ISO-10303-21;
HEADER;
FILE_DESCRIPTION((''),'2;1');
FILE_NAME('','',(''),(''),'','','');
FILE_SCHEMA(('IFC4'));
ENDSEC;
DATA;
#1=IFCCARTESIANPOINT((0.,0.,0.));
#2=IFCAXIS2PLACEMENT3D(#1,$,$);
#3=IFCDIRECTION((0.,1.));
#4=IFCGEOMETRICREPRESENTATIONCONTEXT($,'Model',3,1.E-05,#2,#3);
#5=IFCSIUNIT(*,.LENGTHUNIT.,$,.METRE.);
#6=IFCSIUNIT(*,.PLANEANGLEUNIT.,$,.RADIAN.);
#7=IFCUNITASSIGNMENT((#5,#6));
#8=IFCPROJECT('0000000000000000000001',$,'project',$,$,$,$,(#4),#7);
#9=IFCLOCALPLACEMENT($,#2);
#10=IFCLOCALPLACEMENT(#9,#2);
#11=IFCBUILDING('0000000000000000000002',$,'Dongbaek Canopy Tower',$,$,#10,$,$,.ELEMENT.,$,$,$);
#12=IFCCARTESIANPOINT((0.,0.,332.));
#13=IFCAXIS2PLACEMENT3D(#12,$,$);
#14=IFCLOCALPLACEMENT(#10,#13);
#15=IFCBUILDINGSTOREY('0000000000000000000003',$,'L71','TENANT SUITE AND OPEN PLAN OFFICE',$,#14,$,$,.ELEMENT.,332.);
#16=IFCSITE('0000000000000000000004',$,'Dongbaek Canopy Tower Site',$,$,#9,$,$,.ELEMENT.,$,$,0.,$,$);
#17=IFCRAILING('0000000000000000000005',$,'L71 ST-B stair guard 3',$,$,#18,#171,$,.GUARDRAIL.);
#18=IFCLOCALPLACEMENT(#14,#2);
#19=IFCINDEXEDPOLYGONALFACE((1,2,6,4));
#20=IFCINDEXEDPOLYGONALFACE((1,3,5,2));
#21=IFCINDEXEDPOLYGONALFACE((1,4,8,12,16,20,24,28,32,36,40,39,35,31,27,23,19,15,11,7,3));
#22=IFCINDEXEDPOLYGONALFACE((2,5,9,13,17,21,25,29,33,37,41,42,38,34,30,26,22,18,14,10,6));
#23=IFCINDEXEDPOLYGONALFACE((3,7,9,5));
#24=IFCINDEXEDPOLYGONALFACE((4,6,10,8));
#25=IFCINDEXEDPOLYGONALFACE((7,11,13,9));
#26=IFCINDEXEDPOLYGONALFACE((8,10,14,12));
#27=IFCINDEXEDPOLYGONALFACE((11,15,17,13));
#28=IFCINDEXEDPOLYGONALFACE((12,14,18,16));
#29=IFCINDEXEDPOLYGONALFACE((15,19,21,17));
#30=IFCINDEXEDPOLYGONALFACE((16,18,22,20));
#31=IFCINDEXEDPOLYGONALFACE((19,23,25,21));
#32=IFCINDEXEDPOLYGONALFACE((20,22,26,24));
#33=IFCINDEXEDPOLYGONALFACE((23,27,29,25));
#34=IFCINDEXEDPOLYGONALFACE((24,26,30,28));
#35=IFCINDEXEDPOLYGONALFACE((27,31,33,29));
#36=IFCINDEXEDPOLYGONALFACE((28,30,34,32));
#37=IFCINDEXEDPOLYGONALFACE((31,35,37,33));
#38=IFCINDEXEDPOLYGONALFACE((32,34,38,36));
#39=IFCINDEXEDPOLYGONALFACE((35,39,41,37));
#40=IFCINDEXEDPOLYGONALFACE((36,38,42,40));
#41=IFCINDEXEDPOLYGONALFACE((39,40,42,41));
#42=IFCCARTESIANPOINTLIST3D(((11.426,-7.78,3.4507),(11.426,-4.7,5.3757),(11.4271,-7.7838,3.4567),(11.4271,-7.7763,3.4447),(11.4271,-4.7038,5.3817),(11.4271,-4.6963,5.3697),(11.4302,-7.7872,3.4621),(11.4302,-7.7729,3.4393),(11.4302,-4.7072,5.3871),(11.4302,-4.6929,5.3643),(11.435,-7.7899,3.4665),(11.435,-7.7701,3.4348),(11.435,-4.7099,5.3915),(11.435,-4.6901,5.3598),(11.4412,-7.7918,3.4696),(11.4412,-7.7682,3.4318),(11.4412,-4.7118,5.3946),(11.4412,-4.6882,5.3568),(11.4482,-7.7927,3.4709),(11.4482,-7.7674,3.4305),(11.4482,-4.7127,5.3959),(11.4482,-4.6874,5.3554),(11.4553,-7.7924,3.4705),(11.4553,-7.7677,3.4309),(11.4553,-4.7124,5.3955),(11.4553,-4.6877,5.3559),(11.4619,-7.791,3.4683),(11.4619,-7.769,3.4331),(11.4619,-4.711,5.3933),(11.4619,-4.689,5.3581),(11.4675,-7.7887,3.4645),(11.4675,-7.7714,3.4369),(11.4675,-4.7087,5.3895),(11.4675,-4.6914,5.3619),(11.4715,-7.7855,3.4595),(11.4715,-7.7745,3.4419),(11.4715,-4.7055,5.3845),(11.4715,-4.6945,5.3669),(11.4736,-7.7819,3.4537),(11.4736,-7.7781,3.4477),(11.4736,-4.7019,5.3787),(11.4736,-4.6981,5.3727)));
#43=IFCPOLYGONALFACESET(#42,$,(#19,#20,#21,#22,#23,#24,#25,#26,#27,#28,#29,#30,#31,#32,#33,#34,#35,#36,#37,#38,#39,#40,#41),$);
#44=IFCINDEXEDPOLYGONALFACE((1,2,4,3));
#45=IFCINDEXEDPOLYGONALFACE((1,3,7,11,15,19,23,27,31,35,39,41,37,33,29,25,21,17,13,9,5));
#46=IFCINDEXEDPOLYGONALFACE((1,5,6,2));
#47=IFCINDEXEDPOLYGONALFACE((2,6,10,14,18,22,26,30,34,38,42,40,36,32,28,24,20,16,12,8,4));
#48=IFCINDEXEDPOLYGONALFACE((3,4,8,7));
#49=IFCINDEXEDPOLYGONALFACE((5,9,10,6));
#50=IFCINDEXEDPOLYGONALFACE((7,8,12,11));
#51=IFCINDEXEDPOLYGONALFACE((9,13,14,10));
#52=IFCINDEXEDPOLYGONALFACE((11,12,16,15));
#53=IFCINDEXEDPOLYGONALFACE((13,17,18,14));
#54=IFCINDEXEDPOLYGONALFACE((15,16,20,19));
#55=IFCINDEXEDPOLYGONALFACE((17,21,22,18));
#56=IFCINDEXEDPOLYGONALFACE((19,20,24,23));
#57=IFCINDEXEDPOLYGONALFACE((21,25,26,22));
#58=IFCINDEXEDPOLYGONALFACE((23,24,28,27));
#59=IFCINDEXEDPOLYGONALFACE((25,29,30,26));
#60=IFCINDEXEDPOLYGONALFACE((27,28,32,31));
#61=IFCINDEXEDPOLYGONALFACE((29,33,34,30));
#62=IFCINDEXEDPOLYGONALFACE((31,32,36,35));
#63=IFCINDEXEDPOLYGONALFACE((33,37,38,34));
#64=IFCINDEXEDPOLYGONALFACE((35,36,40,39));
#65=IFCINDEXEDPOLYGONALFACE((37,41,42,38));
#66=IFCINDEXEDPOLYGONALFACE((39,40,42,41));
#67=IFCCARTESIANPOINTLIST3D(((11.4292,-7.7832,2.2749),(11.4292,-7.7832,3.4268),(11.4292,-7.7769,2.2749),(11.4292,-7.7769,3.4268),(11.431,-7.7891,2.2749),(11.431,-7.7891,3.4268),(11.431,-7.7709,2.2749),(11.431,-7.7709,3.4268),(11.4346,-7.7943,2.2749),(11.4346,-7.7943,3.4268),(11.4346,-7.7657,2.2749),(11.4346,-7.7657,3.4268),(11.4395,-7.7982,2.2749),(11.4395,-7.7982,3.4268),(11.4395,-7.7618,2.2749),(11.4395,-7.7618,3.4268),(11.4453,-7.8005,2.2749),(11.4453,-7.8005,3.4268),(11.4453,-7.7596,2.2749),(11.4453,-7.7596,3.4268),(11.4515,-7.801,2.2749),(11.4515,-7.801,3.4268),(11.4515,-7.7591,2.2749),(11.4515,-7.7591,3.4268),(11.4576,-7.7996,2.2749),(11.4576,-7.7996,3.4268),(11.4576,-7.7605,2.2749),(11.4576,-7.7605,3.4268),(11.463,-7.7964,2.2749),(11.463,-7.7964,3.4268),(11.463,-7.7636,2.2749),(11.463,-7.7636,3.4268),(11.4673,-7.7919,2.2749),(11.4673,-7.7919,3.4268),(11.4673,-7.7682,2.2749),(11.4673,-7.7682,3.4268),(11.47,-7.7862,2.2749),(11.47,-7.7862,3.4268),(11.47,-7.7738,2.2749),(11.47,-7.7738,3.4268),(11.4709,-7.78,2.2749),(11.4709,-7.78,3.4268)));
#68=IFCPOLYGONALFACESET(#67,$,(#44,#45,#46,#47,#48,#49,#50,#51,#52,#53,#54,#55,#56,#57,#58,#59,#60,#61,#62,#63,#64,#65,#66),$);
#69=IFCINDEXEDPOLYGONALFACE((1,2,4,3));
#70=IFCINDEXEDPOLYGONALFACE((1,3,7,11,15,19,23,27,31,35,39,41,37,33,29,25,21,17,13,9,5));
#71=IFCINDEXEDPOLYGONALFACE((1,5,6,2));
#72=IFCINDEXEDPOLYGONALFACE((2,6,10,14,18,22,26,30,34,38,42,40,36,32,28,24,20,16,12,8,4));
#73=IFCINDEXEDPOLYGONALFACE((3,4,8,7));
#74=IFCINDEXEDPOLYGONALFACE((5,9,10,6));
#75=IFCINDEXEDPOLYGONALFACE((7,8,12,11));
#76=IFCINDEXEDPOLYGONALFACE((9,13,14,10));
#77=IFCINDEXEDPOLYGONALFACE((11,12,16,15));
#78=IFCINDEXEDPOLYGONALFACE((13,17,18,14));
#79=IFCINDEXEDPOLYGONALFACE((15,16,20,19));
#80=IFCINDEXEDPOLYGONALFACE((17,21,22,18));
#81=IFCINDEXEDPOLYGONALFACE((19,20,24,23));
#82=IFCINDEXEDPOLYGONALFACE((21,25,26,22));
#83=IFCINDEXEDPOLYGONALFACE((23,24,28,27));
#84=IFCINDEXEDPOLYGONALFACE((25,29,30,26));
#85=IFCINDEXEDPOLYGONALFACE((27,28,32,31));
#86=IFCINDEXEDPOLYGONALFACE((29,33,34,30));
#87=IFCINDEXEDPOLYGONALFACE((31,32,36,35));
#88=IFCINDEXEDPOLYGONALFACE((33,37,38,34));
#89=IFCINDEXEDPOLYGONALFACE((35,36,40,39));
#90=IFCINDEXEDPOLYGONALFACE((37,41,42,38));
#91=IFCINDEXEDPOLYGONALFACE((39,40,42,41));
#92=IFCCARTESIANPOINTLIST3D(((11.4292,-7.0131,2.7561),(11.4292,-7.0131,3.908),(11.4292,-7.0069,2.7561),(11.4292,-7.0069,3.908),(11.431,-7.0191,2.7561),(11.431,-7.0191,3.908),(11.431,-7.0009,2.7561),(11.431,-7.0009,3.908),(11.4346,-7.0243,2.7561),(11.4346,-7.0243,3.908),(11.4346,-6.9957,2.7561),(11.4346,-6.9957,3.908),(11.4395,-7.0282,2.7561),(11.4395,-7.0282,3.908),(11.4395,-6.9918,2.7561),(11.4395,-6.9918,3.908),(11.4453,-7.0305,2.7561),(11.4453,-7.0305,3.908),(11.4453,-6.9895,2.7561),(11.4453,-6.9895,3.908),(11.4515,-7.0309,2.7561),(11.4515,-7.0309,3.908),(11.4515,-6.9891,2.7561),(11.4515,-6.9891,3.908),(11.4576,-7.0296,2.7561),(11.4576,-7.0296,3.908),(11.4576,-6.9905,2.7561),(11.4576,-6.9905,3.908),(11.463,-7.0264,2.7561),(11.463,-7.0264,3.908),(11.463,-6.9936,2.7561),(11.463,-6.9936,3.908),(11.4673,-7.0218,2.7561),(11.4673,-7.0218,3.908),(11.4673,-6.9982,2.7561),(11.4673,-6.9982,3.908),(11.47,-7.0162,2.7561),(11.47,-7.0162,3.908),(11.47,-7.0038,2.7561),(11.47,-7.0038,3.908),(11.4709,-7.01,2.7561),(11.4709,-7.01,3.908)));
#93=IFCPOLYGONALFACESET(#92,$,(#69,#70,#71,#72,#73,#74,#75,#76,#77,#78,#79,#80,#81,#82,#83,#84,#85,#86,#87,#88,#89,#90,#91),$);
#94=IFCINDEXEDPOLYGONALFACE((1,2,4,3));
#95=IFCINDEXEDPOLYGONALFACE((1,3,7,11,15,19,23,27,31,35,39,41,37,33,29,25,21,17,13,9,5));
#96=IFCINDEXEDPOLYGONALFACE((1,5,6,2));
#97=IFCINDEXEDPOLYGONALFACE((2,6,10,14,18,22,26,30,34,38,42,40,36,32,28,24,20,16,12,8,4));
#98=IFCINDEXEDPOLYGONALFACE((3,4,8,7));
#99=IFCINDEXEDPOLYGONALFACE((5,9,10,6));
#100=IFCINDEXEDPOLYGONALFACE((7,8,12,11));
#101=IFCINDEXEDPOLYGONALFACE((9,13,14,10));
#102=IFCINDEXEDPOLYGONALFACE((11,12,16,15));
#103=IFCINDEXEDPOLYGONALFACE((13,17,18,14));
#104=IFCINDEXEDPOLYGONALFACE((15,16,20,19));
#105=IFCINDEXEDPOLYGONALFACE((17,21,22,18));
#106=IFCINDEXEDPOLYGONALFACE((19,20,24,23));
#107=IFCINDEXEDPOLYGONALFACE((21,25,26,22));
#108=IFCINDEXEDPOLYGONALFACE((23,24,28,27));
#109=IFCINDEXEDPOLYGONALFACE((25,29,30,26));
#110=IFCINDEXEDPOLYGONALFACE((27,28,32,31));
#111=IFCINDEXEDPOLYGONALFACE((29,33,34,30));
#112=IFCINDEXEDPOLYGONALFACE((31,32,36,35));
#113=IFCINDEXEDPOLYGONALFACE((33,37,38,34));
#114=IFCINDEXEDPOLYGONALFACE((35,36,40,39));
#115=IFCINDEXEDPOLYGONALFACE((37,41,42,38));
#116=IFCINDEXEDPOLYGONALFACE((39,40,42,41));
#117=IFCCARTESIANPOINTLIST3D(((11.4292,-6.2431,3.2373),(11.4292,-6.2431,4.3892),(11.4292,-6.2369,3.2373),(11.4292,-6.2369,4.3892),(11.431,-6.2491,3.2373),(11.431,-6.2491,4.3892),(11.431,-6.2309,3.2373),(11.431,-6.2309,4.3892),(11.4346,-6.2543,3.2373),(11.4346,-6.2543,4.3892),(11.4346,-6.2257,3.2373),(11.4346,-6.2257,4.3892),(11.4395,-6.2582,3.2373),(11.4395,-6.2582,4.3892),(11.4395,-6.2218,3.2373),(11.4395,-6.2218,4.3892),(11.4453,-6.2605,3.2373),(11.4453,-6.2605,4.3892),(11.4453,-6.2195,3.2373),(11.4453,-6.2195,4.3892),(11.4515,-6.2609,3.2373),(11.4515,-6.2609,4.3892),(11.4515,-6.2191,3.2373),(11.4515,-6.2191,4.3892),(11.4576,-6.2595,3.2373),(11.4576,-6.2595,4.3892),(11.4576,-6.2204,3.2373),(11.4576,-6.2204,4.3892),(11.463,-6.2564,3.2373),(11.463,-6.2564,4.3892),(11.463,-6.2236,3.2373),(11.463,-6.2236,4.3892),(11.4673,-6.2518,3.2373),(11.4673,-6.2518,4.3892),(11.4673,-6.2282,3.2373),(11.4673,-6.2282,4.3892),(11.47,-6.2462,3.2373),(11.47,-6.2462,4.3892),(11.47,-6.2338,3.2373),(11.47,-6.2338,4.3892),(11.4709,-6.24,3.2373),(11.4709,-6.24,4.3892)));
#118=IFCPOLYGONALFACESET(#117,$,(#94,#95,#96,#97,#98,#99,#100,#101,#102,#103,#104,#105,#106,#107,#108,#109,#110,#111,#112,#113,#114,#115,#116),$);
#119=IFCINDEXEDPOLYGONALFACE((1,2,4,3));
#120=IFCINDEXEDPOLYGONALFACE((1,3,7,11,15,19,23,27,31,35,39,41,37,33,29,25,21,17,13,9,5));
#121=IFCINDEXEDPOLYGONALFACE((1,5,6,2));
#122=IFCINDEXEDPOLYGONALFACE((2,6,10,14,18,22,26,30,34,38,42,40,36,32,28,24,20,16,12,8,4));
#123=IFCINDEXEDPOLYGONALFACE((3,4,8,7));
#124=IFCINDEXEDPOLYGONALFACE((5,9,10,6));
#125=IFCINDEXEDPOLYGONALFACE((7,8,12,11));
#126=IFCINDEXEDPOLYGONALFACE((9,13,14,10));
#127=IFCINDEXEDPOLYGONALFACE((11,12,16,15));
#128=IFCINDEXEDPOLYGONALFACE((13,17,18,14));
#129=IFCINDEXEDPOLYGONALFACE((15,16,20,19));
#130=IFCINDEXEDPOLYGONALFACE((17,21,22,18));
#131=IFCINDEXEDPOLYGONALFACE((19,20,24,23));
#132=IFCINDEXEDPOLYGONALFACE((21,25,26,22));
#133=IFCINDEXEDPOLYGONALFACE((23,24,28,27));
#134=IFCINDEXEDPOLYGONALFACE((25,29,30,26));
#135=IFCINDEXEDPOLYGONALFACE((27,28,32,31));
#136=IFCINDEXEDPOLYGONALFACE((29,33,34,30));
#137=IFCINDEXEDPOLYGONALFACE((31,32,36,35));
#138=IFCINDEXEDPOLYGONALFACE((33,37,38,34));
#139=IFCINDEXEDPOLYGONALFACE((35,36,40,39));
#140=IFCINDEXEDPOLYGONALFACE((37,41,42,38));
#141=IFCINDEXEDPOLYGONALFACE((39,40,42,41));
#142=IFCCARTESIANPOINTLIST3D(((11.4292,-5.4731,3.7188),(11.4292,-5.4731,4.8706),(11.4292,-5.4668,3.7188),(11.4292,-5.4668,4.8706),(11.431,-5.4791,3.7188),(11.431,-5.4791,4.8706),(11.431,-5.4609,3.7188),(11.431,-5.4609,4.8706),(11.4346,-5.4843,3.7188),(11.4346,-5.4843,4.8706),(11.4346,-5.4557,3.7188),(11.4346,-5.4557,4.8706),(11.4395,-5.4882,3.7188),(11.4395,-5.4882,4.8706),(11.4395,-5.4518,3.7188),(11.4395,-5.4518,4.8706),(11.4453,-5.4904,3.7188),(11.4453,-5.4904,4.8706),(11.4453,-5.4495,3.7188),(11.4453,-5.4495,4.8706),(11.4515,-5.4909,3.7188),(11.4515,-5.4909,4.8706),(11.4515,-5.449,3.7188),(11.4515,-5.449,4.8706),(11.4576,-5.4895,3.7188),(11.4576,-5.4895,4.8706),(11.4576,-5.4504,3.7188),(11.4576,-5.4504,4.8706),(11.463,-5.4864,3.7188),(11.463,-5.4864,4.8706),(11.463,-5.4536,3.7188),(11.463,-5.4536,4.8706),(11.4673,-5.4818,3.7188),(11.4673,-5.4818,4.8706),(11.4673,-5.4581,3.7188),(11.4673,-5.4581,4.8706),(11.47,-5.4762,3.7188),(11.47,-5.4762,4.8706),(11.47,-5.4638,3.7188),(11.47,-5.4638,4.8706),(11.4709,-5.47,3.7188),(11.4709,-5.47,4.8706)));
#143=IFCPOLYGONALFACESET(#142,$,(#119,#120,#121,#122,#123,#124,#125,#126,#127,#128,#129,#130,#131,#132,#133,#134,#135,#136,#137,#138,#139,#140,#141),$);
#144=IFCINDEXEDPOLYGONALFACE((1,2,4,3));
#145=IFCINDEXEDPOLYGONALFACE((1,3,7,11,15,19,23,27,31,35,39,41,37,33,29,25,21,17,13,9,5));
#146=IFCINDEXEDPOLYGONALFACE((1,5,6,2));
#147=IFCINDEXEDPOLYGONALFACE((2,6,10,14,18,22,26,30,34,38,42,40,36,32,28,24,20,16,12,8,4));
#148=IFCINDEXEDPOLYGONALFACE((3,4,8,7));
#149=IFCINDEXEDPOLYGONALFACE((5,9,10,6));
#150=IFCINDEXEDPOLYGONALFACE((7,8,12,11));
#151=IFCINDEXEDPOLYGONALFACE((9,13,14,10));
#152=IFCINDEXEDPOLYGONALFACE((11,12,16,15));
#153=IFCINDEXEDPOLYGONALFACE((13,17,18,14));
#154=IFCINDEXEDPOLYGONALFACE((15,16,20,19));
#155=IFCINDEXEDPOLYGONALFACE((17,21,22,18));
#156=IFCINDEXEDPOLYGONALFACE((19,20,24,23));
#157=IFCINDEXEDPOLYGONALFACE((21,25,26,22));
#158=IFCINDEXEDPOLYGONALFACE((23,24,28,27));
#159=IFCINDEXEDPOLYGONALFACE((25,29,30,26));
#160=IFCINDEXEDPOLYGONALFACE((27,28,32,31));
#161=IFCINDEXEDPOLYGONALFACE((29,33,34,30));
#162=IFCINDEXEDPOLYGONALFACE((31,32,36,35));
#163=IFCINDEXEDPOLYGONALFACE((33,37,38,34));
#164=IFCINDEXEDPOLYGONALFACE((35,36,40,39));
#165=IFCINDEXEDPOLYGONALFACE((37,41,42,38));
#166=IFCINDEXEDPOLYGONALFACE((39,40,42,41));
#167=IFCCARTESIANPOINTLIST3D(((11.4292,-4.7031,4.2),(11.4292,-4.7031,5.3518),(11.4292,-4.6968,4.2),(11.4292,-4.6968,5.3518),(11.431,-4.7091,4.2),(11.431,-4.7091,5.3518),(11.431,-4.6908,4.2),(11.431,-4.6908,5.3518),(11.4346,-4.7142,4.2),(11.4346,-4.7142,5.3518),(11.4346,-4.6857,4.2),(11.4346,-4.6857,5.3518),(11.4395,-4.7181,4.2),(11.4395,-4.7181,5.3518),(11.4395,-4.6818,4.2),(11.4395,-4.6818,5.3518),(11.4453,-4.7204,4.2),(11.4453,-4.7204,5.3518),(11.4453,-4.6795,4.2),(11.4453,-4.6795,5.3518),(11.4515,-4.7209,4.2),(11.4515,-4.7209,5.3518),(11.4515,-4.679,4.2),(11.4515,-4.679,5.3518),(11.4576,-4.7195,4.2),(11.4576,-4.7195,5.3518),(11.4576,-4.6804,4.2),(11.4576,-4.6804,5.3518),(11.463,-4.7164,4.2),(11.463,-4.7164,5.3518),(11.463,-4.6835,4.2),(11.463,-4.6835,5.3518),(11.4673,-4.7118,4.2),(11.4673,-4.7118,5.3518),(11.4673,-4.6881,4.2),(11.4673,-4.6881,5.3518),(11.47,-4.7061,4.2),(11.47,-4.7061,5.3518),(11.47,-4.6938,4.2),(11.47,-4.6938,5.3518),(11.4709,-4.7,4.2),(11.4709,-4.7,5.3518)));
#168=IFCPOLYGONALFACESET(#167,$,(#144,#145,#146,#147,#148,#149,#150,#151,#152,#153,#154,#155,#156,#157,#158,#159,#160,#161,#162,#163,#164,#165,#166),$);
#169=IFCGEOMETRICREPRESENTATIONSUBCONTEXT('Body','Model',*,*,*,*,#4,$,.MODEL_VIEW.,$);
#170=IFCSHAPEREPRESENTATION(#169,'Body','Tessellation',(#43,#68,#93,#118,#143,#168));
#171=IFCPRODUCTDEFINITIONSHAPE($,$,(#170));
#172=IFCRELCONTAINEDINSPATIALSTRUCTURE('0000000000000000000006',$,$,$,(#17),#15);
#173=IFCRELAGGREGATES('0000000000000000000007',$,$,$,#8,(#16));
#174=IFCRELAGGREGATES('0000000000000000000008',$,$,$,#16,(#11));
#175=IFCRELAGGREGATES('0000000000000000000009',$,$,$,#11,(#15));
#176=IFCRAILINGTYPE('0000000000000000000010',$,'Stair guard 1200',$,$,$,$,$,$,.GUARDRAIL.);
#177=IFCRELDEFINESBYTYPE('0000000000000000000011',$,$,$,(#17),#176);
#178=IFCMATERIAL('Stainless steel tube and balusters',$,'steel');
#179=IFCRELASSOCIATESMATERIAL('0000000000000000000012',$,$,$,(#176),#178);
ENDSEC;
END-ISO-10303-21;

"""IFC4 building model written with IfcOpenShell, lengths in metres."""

from ifc_helpers import new_model, si_unit, direction, frame, origin, origin_2d, place, context, subcontext, project, spatial, circle, extrude, material, type_object, element, save


model = new_model("IFC4")

# Units and contexts
model_context = context("Model", 3, precision=1e-05, world=origin(), true_north=direction((0.0, 1.0)))
body_context = subcontext(model_context, "Body", "Model", "MODEL_VIEW")
ifc_project = project(units=[si_unit("LENGTHUNIT", "METRE"), si_unit("PLANEANGLEUNIT", "RADIAN")], contexts=[model_context])

# Site, building, storey
site_placement = place(None, origin())
site = spatial("IfcSite", under=ifc_project, at=site_placement, Name="Dongbaek Canopy Tower Site", CompositionType="ELEMENT", RefElevation=0.0)
building_placement = place(site_placement, origin())
building = spatial("IfcBuilding", under=site, at=building_placement, Name="Dongbaek Canopy Tower", CompositionType="ELEMENT")
storey_placement = place(building_placement, frame((0.0, 0.0, 332.0)))
storey = spatial("IfcBuildingStorey", under=building, at=storey_placement, Name="L71", Description="TENANT SUITE AND OPEN PLAN OFFICE", CompositionType="ELEMENT", Elevation=332.0)

# Railing
ifc_material_1 = material(Name="Stainless steel tube and balusters", Category="steel")
railing_type_1 = type_object("IfcRailingType", Name="Stair guard 1200", PredefinedType="GUARDRAIL", material=ifc_material_1)
railing_1_placement = place(storey_placement, frame((11.45, -7.78, 2.2749)))
element("IfcRailing", 1, at=railing_1_placement, inside=storey, type_object=railing_type_1, Name="L71 ST-B stair guard 3", PredefinedType="GUARDRAIL", context=body_context, shape_type="SweptSolid", body=[
    extrude(circle(Radius=0.0239, at=origin_2d()), frame((0.0, 0.0, 1.1758), z_axis=(0.0, 0.847998, 0.529999), x_axis=(-1.0, 0.0, 0.0)), (0.0, 0.0, 1.0), 3.6321),
    extrude(circle(Radius=0.021, at=origin_2d()), origin(), (0.0, 0.0, 1.0), 1.1519),
    extrude(circle(Radius=0.021, at=origin_2d()), frame((0.0, 0.77, 0.4812)), (0.0, 0.0, 1.0), 1.1519),
    extrude(circle(Radius=0.021, at=origin_2d()), frame((0.0, 1.54, 0.9624)), (0.0, 0.0, 1.0), 1.1519),
    extrude(circle(Radius=0.021, at=origin_2d()), frame((0.0, 2.3101, 1.4438)), (0.0, 0.0, 1.0), 1.1519),
    extrude(circle(Radius=0.021, at=origin_2d()), frame((0.0, 3.0801, 1.925)), (0.0, 0.0, 1.0), 1.1519),
])

save(model, "model.ifc")
